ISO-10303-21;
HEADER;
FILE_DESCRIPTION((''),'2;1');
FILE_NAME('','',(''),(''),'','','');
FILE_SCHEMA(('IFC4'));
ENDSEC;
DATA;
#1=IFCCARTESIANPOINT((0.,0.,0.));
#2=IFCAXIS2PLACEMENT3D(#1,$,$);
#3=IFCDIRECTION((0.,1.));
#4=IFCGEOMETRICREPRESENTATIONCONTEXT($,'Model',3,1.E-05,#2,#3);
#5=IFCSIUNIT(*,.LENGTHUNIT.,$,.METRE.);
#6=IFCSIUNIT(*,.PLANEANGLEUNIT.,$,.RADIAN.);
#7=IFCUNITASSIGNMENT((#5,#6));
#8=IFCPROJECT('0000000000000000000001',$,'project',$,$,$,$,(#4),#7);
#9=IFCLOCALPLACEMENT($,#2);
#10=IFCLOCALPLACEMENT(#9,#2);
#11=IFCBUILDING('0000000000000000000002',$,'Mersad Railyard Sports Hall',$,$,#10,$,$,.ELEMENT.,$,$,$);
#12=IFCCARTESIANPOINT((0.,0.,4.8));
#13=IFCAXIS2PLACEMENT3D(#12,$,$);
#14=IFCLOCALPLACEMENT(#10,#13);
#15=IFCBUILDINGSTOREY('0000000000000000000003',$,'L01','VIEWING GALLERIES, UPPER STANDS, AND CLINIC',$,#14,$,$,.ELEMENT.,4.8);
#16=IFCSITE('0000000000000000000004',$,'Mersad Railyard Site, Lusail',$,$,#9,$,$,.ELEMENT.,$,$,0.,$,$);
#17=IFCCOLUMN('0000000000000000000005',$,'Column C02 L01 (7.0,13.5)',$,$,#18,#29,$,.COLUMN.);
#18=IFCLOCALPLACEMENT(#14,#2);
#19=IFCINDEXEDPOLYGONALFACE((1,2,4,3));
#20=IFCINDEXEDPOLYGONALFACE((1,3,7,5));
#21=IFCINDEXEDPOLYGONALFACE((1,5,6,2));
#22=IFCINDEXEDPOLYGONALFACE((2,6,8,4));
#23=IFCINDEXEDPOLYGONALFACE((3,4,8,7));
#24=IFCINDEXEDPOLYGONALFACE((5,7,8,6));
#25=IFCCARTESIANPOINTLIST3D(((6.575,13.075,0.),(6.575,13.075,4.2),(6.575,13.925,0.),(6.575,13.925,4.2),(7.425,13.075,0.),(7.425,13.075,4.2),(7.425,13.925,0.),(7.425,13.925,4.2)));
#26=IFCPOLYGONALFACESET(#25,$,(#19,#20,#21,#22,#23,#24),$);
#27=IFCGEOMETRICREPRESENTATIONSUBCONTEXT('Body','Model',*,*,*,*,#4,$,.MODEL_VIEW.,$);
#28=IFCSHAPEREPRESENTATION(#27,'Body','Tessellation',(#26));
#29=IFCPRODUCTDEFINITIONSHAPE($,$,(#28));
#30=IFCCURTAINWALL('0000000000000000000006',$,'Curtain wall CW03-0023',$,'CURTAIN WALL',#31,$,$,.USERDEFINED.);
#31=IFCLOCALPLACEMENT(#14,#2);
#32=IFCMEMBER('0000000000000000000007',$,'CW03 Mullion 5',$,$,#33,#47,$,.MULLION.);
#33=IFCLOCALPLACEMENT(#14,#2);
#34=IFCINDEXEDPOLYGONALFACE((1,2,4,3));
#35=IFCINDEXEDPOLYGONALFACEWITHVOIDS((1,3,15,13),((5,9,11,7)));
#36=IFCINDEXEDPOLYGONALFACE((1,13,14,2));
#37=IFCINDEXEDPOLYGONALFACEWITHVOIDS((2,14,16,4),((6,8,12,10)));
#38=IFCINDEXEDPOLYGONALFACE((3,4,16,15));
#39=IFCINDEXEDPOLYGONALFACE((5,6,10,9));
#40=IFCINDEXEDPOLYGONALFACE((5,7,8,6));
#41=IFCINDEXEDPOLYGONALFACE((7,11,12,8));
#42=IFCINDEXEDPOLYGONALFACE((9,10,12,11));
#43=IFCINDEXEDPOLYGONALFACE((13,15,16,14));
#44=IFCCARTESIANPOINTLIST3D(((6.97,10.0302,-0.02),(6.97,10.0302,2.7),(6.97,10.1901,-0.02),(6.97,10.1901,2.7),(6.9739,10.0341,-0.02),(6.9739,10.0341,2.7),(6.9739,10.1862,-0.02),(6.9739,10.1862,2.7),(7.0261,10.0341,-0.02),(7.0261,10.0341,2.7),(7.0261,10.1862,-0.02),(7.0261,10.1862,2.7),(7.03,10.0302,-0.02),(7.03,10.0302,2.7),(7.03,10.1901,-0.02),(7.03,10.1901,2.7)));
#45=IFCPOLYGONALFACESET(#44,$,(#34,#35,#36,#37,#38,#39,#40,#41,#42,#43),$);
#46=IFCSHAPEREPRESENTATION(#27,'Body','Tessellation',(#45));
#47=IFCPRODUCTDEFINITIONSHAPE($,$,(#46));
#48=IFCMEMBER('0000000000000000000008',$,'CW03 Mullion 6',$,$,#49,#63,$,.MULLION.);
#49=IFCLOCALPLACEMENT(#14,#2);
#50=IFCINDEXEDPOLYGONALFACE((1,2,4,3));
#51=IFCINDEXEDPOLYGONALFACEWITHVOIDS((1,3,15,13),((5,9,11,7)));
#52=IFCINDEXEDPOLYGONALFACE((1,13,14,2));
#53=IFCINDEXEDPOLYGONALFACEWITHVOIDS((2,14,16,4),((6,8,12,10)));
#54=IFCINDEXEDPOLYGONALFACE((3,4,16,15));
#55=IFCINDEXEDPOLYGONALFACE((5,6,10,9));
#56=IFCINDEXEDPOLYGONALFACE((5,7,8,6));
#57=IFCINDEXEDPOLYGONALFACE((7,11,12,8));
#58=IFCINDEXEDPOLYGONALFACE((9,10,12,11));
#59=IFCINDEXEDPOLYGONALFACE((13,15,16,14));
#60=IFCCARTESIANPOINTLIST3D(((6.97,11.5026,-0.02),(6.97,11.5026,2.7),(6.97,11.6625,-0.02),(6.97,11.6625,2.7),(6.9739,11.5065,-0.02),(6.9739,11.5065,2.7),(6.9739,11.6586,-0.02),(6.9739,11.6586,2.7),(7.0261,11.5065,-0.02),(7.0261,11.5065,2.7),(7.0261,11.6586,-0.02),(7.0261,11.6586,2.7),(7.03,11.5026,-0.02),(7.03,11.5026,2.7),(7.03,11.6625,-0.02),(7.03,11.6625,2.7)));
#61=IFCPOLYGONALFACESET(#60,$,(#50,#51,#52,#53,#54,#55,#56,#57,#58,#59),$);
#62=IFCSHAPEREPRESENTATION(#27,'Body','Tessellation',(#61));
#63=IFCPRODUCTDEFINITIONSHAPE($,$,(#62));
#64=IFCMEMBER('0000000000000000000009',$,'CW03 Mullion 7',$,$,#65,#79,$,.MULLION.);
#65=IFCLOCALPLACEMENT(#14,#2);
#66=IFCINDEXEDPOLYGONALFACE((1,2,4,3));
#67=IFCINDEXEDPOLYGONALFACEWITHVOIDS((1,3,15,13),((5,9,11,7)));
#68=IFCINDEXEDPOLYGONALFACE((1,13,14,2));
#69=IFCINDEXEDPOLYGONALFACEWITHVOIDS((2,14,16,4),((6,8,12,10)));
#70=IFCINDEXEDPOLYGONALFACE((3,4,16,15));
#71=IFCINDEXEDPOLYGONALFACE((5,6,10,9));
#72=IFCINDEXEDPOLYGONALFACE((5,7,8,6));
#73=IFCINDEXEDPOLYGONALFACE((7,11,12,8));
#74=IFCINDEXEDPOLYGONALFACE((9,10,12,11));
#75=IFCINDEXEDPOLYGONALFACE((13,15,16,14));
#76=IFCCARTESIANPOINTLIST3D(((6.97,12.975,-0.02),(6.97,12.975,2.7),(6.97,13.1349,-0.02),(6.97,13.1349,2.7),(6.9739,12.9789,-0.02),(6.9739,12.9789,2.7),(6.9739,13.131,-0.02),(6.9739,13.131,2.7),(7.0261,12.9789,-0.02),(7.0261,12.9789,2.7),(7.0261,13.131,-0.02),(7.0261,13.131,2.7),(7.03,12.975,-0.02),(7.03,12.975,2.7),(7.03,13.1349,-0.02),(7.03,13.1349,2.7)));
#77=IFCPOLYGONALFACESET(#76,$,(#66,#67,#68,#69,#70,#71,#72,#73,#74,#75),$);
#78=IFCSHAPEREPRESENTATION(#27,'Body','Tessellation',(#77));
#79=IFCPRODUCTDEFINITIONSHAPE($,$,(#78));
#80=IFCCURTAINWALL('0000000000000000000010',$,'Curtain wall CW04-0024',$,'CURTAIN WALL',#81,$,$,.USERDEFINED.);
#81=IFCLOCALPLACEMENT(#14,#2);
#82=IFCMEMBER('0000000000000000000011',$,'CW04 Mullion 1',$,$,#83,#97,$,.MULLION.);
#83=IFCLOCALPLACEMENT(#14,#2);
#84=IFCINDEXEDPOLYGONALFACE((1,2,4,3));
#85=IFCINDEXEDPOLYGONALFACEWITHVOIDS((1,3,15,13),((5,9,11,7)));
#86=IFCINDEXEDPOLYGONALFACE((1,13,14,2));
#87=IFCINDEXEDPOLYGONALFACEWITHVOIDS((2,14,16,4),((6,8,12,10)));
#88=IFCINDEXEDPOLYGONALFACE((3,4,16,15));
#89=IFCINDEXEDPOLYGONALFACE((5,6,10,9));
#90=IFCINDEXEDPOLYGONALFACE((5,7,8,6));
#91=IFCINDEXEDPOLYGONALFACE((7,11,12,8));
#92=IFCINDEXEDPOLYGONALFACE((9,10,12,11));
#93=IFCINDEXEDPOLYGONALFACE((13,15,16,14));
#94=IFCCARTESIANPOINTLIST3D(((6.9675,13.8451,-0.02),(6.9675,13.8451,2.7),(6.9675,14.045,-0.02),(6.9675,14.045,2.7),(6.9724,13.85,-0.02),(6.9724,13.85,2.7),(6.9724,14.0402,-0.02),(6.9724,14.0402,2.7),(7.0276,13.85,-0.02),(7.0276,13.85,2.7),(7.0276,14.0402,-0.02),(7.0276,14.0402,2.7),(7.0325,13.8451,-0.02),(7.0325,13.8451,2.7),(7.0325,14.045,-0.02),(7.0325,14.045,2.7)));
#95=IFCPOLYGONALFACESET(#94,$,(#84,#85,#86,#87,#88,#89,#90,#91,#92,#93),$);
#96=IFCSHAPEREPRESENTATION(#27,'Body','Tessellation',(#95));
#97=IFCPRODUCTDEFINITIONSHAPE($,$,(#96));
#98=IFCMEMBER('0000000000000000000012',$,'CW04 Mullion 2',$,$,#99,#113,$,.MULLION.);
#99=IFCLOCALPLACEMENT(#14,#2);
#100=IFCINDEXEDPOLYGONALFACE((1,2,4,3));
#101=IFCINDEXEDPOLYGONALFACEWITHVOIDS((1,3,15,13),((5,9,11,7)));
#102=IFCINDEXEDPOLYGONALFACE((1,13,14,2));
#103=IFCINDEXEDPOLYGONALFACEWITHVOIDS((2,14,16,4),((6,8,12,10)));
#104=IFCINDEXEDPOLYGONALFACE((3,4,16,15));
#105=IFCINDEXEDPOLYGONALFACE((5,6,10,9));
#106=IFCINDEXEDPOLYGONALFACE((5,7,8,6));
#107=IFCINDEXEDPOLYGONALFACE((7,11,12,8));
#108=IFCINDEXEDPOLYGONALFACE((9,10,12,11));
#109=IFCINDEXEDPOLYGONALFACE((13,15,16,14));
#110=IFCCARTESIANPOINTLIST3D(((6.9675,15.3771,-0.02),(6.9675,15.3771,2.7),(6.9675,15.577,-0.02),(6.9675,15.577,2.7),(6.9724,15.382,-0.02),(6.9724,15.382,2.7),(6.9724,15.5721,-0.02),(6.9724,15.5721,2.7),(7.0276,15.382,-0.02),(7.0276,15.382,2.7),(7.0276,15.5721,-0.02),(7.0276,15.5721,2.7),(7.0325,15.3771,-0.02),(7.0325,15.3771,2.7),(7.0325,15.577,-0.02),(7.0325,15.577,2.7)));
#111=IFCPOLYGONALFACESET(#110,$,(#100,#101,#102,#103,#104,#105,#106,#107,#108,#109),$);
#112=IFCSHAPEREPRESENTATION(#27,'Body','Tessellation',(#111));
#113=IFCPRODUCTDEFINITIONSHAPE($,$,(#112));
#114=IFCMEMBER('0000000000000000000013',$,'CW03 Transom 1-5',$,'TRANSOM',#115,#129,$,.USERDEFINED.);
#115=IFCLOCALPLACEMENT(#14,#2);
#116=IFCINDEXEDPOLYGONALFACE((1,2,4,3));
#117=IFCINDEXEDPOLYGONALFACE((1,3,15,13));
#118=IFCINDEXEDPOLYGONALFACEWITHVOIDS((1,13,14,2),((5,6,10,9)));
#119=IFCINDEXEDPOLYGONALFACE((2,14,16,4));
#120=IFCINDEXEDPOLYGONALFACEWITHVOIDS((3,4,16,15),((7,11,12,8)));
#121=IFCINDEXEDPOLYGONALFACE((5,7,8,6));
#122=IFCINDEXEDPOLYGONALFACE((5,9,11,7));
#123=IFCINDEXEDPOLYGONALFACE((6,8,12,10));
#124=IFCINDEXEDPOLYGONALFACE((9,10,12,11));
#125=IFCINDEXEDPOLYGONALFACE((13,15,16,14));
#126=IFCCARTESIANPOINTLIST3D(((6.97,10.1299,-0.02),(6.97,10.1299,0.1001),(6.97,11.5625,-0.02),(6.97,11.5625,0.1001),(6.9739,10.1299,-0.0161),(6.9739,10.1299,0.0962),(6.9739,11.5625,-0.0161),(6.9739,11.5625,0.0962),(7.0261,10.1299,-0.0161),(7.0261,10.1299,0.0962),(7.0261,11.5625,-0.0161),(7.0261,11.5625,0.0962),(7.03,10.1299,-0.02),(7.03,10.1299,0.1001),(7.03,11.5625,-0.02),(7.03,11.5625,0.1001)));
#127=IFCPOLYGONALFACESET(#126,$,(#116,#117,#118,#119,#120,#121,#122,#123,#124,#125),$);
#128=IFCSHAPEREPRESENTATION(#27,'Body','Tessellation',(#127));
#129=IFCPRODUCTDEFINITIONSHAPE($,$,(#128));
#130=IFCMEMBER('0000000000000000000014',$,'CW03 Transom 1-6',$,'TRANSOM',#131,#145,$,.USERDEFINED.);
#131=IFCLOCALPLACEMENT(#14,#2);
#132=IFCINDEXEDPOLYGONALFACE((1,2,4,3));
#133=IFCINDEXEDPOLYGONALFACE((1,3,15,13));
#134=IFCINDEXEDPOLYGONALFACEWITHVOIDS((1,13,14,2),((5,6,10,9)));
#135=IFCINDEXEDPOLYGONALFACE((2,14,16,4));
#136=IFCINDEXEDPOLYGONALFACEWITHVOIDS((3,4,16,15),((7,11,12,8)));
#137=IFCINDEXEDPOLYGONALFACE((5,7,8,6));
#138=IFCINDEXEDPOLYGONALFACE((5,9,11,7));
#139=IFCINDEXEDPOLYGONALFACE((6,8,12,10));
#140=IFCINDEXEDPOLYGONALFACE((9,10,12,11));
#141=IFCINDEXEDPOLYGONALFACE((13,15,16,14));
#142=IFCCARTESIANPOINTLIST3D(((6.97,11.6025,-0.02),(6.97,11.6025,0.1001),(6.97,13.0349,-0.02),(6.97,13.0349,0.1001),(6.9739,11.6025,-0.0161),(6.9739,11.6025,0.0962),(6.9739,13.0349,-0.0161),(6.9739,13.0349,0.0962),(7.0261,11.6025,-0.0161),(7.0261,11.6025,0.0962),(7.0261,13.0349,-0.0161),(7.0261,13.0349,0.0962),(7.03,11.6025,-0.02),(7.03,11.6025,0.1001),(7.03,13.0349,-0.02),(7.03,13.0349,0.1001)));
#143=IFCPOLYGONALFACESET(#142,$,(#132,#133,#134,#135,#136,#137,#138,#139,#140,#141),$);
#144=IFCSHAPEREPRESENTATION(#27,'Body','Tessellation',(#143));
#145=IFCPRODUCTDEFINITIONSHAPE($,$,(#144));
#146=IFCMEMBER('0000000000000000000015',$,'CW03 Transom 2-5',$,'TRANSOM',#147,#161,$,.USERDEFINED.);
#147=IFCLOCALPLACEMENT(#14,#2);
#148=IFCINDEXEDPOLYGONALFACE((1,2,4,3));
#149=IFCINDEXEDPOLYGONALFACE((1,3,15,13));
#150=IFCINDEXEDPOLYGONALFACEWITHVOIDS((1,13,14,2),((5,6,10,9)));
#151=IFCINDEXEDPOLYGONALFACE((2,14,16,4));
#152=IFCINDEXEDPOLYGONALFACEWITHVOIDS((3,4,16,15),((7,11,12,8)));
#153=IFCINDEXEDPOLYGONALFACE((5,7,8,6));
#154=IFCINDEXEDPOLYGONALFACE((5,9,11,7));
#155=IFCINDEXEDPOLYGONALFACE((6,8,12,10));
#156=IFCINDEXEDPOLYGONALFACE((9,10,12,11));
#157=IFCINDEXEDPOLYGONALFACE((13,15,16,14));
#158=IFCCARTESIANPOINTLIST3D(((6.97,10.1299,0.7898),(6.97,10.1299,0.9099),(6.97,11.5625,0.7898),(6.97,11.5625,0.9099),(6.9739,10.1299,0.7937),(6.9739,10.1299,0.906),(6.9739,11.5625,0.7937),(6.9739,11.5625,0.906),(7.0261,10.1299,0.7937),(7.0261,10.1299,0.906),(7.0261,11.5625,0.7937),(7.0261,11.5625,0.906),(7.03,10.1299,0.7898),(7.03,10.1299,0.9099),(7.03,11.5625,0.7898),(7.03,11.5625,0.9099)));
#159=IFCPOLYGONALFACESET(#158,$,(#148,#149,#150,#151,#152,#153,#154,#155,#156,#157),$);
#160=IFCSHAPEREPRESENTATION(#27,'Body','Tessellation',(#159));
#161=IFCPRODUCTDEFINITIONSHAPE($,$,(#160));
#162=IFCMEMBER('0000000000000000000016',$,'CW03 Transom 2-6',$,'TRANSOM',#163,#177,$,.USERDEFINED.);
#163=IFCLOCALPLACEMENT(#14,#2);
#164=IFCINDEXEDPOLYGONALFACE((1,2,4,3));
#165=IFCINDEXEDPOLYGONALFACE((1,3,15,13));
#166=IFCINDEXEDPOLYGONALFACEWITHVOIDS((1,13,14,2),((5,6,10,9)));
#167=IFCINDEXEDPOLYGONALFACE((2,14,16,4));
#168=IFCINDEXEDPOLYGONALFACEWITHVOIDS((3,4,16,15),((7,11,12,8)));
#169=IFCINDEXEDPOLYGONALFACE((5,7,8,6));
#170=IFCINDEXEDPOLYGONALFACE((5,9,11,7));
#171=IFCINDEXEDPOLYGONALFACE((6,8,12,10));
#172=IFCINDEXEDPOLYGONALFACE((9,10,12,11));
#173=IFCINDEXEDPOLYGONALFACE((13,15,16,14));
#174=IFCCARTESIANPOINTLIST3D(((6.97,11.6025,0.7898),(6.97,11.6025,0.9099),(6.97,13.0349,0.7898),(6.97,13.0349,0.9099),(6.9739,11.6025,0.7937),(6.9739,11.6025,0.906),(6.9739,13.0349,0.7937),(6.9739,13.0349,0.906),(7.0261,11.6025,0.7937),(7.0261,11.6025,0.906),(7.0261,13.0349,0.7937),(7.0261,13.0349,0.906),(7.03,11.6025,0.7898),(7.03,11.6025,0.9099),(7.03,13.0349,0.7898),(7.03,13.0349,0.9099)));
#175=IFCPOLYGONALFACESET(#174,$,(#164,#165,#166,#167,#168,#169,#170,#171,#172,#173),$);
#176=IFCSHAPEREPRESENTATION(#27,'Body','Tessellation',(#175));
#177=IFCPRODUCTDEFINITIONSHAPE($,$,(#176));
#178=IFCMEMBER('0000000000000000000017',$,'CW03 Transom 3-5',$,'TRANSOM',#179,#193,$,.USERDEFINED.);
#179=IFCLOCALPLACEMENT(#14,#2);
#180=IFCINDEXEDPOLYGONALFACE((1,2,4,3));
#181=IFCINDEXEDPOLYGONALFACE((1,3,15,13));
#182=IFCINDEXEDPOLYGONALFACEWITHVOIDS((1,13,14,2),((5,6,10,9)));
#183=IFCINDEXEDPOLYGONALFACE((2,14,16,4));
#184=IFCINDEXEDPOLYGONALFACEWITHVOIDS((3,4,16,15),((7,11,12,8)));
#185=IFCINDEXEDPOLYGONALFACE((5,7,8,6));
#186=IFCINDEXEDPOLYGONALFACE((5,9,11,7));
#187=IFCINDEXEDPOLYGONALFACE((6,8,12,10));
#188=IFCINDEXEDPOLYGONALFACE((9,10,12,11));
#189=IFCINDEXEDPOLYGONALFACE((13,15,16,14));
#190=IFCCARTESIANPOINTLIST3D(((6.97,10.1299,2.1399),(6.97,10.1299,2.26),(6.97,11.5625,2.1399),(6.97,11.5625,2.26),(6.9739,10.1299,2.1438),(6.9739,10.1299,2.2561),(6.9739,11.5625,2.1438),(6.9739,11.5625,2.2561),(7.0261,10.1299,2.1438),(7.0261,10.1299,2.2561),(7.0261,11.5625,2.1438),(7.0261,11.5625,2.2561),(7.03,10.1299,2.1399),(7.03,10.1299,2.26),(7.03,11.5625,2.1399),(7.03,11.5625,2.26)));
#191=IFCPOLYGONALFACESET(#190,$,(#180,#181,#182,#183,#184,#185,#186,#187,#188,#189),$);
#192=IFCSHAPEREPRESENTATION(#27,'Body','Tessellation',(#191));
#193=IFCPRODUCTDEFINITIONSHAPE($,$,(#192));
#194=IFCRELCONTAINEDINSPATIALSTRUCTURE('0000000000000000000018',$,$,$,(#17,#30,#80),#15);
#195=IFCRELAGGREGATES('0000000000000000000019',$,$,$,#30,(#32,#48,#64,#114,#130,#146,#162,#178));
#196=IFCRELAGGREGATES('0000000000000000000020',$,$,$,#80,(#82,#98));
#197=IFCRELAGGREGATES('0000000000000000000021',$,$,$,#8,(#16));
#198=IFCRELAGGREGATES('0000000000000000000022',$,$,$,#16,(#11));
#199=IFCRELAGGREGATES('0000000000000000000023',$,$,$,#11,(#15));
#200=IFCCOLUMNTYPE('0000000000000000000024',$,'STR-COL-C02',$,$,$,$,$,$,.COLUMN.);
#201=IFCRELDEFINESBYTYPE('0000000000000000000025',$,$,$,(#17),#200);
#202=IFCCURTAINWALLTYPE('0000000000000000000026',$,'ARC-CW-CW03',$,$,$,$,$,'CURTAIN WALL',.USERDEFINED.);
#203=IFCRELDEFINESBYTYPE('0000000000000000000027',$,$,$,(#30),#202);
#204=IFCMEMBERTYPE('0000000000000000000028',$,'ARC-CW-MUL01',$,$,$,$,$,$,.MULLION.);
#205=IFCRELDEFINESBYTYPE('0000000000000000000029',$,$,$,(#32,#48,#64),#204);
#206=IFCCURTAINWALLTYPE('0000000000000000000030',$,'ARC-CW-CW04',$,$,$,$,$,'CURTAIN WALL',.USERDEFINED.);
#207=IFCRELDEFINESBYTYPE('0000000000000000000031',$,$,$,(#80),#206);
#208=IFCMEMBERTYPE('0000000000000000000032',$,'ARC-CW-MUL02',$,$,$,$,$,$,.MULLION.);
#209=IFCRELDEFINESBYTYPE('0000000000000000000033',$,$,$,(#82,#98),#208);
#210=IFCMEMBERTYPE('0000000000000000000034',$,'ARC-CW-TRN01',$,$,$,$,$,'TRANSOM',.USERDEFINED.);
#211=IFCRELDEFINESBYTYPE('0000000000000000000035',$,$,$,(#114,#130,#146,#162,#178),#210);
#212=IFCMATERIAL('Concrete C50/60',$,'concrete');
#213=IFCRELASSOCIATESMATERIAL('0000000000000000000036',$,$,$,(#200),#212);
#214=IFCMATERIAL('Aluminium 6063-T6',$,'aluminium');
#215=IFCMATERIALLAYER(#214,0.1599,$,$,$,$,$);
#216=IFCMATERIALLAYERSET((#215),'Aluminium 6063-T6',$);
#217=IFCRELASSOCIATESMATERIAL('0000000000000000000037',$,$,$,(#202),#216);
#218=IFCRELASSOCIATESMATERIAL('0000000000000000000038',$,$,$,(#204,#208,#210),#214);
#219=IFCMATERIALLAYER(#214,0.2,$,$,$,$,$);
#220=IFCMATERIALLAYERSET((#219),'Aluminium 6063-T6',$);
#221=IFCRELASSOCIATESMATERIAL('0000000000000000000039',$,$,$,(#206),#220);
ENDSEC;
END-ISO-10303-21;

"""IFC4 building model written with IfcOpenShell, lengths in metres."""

from ifc_helpers import new_model, si_unit, direction, frame, origin, origin_2d, place, context, subcontext, project, spatial, rectangle, hollow_rectangle, extrude, material, layer, layer_set, material_profile, profile_set, type_object, element, aggregate, save


model = new_model("IFC4")

# Units and contexts
model_context = context("Model", 3, precision=1e-05, world=origin(), true_north=direction((0.0, 1.0)))
body_context = subcontext(model_context, "Body", "Model", "MODEL_VIEW")
ifc_project = project(units=[si_unit("LENGTHUNIT", "METRE"), si_unit("PLANEANGLEUNIT", "RADIAN")], contexts=[model_context])

# Site, building, storey
site_placement = place(None, origin())
site = spatial("IfcSite", under=ifc_project, at=site_placement, Name="Mersad Railyard Site, Lusail", CompositionType="ELEMENT", RefElevation=0.0)
building_placement = place(site_placement, origin())
building = spatial("IfcBuilding", under=site, at=building_placement, Name="Mersad Railyard Sports Hall", CompositionType="ELEMENT")
storey_placement = place(building_placement, frame((0.0, 0.0, 4.8)))
storey = spatial("IfcBuildingStorey", under=building, at=storey_placement, Name="L01", Description="VIEWING GALLERIES, UPPER STANDS, AND CLINIC", CompositionType="ELEMENT", Elevation=4.8)

# Column
ifc_material_1 = material(Name="Concrete C50/60", Category="concrete")
ifc_material_profile_1 = material_profile(ifc_material_1, rectangle(XDim=0.8501, YDim=0.8501, at=origin_2d()), Name="RC 850x850")
ifc_profile_set_1 = profile_set([ifc_material_profile_1], Name="Concrete C50/60")
column_type = type_object("IfcColumnType", Name="STR-COL-C02", PredefinedType="COLUMN", material=ifc_profile_set_1)
column_placement = place(storey_placement, frame((7.0, 13.5, 0.0), z_axis=(0.0, 0.0, 1.0), x_axis=(1.0, 0.0, 0.0)))
element("IfcColumn", 1, at=column_placement, inside=storey, type_object=column_type, Name="Column C02 L01 (7.0,13.5)", PredefinedType="COLUMN", context=body_context, shape_type="SweptSolid", body=[
    extrude(rectangle(XDim=0.8501, YDim=0.8501, at=origin_2d()), origin(), (0.0, 0.0, 1.0), 4.2),
])

# Curtain walls, members
ifc_material_2 = material(Name="Aluminium 6063-T6", Category="aluminium")
ifc_layer_1 = layer(ifc_material_2, 0.1599)
ifc_layer_set_1 = layer_set([ifc_layer_1], Name="Aluminium 6063-T6")
curtain_wall_type_1 = type_object("IfcCurtainWallType", Name="ARC-CW-CW03", ElementType="CURTAIN WALL", PredefinedType="USERDEFINED", material=ifc_layer_set_1)
curtain_wall_1_placement = place(storey_placement, origin())
curtain_wall_1 = element("IfcCurtainWall", 2, at=curtain_wall_1_placement, inside=storey, type_object=curtain_wall_type_1, Name="Curtain wall CW03-0023", ObjectType="CURTAIN WALL", PredefinedType="USERDEFINED")
ifc_material_profile_2 = material_profile(ifc_material_2, hollow_rectangle(XDim=0.0601, YDim=0.1599, WallThickness=0.0039, at=origin_2d()), Name="AL MULLION 60x160x4")
ifc_profile_set_2 = profile_set([ifc_material_profile_2], Name="Aluminium 6063-T6")
member_type_1 = type_object("IfcMemberType", Name="ARC-CW-MUL01", PredefinedType="MULLION", material=ifc_profile_set_2)
member_1_placement = place(storey_placement, frame((7.0, 10.1101, -0.02), z_axis=(0.0, 0.0, 1.0), x_axis=(1.0, 0.0, 0.0)))
member_1 = element("IfcMember", 3, at=member_1_placement, type_object=member_type_1, Name="CW03 Mullion 5", PredefinedType="MULLION", context=body_context, shape_type="SweptSolid", body=[
    extrude(hollow_rectangle(XDim=0.0601, YDim=0.1599, WallThickness=0.0039, at=origin_2d()), origin(), (0.0, 0.0, 1.0), 2.72),
])
member_2_placement = place(storey_placement, frame((7.0, 11.5825, -0.02), z_axis=(0.0, 0.0, 1.0), x_axis=(1.0, 0.0, 0.0)))
member_2 = element("IfcMember", 4, at=member_2_placement, type_object=member_type_1, Name="CW03 Mullion 6", PredefinedType="MULLION", context=body_context, shape_type="SweptSolid", body=[
    extrude(hollow_rectangle(XDim=0.0601, YDim=0.1599, WallThickness=0.0039, at=origin_2d()), origin(), (0.0, 0.0, 1.0), 2.72),
])
member_3_placement = place(storey_placement, frame((7.0, 13.0549, -0.02), z_axis=(0.0, 0.0, 1.0), x_axis=(1.0, 0.0, 0.0)))
member_3 = element("IfcMember", 5, at=member_3_placement, type_object=member_type_1, Name="CW03 Mullion 7", PredefinedType="MULLION", context=body_context, shape_type="SweptSolid", body=[
    extrude(hollow_rectangle(XDim=0.0601, YDim=0.1599, WallThickness=0.0039, at=origin_2d()), origin(), (0.0, 0.0, 1.0), 2.72),
])
ifc_layer_2 = layer(ifc_material_2, 0.2)
ifc_layer_set_2 = layer_set([ifc_layer_2], Name="Aluminium 6063-T6")
curtain_wall_type_2 = type_object("IfcCurtainWallType", Name="ARC-CW-CW04", ElementType="CURTAIN WALL", PredefinedType="USERDEFINED", material=ifc_layer_set_2)
curtain_wall_2_placement = place(storey_placement, origin())
curtain_wall_2 = element("IfcCurtainWall", 6, at=curtain_wall_2_placement, inside=storey, type_object=curtain_wall_type_2, Name="Curtain wall CW04-0024", ObjectType="CURTAIN WALL", PredefinedType="USERDEFINED")
ifc_material_profile_3 = material_profile(ifc_material_2, hollow_rectangle(XDim=0.0649, YDim=0.2, WallThickness=0.0049, at=origin_2d()), Name="AL MULLION 65x200x5")
ifc_profile_set_3 = profile_set([ifc_material_profile_3], Name="Aluminium 6063-T6")
member_type_2 = type_object("IfcMemberType", Name="ARC-CW-MUL02", PredefinedType="MULLION", material=ifc_profile_set_3)
member_4_placement = place(storey_placement, frame((7.0, 13.9451, -0.02), z_axis=(0.0, 0.0, 1.0), x_axis=(1.0, 0.0, 0.0)))
member_4 = element("IfcMember", 7, at=member_4_placement, type_object=member_type_2, Name="CW04 Mullion 1", PredefinedType="MULLION", context=body_context, shape_type="SweptSolid", body=[
    extrude(hollow_rectangle(XDim=0.0649, YDim=0.2, WallThickness=0.0049, at=origin_2d()), origin(), (0.0, 0.0, 1.0), 2.72),
])
member_5_placement = place(storey_placement, frame((7.0, 15.4771, -0.02), z_axis=(0.0, 0.0, 1.0), x_axis=(1.0, 0.0, 0.0)))
member_5 = element("IfcMember", 8, at=member_5_placement, type_object=member_type_2, Name="CW04 Mullion 2", PredefinedType="MULLION", context=body_context, shape_type="SweptSolid", body=[
    extrude(hollow_rectangle(XDim=0.0649, YDim=0.2, WallThickness=0.0049, at=origin_2d()), origin(), (0.0, 0.0, 1.0), 2.72),
])

# Members
ifc_material_profile_4 = material_profile(ifc_material_2, hollow_rectangle(XDim=0.0601, YDim=0.1201, WallThickness=0.0039, at=origin_2d()), Name="AL TRANSOM 60x120x4")
ifc_profile_set_4 = profile_set([ifc_material_profile_4], Name="Aluminium 6063-T6")
member_type_3 = type_object("IfcMemberType", Name="ARC-CW-TRN01", ElementType="TRANSOM", PredefinedType="USERDEFINED", material=ifc_profile_set_4)
member_6_placement = place(storey_placement, frame((7.0, 10.1299, 0.04), z_axis=(0.0, 1.0, 0.0), x_axis=(-1.0, 0.0, 0.0)))
member_6 = element("IfcMember", 9, at=member_6_placement, type_object=member_type_3, Name="CW03 Transom 1-5", ObjectType="TRANSOM", PredefinedType="USERDEFINED", context=body_context, shape_type="SweptSolid", body=[
    extrude(hollow_rectangle(XDim=0.0601, YDim=0.1201, WallThickness=0.0039, at=origin_2d()), origin(), (0.0, 0.0, 1.0), 1.4326),
])
member_7_placement = place(storey_placement, frame((7.0, 11.6025, 0.04), z_axis=(0.0, 1.0, 0.0), x_axis=(-1.0, 0.0, 0.0)))
member_7 = element("IfcMember", 10, at=member_7_placement, type_object=member_type_3, Name="CW03 Transom 1-6", ObjectType="TRANSOM", PredefinedType="USERDEFINED", context=body_context, shape_type="SweptSolid", body=[
    extrude(hollow_rectangle(XDim=0.0601, YDim=0.1201, WallThickness=0.0039, at=origin_2d()), origin(), (0.0, 0.0, 1.0), 1.4324),
])
member_8_placement = place(storey_placement, frame((7.0, 10.1299, 0.8499), z_axis=(0.0, 1.0, 0.0), x_axis=(-1.0, 0.0, 0.0)))
member_8 = element("IfcMember", 11, at=member_8_placement, type_object=member_type_3, Name="CW03 Transom 2-5", ObjectType="TRANSOM", PredefinedType="USERDEFINED", context=body_context, shape_type="SweptSolid", body=[
    extrude(hollow_rectangle(XDim=0.0601, YDim=0.1201, WallThickness=0.0039, at=origin_2d()), origin(), (0.0, 0.0, 1.0), 1.4326),
])
member_9_placement = place(storey_placement, frame((7.0, 11.6025, 0.8499), z_axis=(0.0, 1.0, 0.0), x_axis=(-1.0, 0.0, 0.0)))
member_9 = element("IfcMember", 12, at=member_9_placement, type_object=member_type_3, Name="CW03 Transom 2-6", ObjectType="TRANSOM", PredefinedType="USERDEFINED", context=body_context, shape_type="SweptSolid", body=[
    extrude(hollow_rectangle(XDim=0.0601, YDim=0.1201, WallThickness=0.0039, at=origin_2d()), origin(), (0.0, 0.0, 1.0), 1.4324),
])
member_10_placement = place(storey_placement, frame((7.0, 10.1299, 2.2), z_axis=(0.0, 1.0, 0.0), x_axis=(-1.0, 0.0, 0.0)))
member_10 = element("IfcMember", 13, at=member_10_placement, type_object=member_type_3, Name="CW03 Transom 3-5", ObjectType="TRANSOM", PredefinedType="USERDEFINED", context=body_context, shape_type="SweptSolid", body=[
    extrude(hollow_rectangle(XDim=0.0601, YDim=0.1201, WallThickness=0.0039, at=origin_2d()), origin(), (0.0, 0.0, 1.0), 1.4326),
])

aggregate(curtain_wall_1, [member_1, member_2, member_3, member_6, member_7, member_8, member_9, member_10])
aggregate(curtain_wall_2, [member_4, member_5])

save(model, "model.ifc")
